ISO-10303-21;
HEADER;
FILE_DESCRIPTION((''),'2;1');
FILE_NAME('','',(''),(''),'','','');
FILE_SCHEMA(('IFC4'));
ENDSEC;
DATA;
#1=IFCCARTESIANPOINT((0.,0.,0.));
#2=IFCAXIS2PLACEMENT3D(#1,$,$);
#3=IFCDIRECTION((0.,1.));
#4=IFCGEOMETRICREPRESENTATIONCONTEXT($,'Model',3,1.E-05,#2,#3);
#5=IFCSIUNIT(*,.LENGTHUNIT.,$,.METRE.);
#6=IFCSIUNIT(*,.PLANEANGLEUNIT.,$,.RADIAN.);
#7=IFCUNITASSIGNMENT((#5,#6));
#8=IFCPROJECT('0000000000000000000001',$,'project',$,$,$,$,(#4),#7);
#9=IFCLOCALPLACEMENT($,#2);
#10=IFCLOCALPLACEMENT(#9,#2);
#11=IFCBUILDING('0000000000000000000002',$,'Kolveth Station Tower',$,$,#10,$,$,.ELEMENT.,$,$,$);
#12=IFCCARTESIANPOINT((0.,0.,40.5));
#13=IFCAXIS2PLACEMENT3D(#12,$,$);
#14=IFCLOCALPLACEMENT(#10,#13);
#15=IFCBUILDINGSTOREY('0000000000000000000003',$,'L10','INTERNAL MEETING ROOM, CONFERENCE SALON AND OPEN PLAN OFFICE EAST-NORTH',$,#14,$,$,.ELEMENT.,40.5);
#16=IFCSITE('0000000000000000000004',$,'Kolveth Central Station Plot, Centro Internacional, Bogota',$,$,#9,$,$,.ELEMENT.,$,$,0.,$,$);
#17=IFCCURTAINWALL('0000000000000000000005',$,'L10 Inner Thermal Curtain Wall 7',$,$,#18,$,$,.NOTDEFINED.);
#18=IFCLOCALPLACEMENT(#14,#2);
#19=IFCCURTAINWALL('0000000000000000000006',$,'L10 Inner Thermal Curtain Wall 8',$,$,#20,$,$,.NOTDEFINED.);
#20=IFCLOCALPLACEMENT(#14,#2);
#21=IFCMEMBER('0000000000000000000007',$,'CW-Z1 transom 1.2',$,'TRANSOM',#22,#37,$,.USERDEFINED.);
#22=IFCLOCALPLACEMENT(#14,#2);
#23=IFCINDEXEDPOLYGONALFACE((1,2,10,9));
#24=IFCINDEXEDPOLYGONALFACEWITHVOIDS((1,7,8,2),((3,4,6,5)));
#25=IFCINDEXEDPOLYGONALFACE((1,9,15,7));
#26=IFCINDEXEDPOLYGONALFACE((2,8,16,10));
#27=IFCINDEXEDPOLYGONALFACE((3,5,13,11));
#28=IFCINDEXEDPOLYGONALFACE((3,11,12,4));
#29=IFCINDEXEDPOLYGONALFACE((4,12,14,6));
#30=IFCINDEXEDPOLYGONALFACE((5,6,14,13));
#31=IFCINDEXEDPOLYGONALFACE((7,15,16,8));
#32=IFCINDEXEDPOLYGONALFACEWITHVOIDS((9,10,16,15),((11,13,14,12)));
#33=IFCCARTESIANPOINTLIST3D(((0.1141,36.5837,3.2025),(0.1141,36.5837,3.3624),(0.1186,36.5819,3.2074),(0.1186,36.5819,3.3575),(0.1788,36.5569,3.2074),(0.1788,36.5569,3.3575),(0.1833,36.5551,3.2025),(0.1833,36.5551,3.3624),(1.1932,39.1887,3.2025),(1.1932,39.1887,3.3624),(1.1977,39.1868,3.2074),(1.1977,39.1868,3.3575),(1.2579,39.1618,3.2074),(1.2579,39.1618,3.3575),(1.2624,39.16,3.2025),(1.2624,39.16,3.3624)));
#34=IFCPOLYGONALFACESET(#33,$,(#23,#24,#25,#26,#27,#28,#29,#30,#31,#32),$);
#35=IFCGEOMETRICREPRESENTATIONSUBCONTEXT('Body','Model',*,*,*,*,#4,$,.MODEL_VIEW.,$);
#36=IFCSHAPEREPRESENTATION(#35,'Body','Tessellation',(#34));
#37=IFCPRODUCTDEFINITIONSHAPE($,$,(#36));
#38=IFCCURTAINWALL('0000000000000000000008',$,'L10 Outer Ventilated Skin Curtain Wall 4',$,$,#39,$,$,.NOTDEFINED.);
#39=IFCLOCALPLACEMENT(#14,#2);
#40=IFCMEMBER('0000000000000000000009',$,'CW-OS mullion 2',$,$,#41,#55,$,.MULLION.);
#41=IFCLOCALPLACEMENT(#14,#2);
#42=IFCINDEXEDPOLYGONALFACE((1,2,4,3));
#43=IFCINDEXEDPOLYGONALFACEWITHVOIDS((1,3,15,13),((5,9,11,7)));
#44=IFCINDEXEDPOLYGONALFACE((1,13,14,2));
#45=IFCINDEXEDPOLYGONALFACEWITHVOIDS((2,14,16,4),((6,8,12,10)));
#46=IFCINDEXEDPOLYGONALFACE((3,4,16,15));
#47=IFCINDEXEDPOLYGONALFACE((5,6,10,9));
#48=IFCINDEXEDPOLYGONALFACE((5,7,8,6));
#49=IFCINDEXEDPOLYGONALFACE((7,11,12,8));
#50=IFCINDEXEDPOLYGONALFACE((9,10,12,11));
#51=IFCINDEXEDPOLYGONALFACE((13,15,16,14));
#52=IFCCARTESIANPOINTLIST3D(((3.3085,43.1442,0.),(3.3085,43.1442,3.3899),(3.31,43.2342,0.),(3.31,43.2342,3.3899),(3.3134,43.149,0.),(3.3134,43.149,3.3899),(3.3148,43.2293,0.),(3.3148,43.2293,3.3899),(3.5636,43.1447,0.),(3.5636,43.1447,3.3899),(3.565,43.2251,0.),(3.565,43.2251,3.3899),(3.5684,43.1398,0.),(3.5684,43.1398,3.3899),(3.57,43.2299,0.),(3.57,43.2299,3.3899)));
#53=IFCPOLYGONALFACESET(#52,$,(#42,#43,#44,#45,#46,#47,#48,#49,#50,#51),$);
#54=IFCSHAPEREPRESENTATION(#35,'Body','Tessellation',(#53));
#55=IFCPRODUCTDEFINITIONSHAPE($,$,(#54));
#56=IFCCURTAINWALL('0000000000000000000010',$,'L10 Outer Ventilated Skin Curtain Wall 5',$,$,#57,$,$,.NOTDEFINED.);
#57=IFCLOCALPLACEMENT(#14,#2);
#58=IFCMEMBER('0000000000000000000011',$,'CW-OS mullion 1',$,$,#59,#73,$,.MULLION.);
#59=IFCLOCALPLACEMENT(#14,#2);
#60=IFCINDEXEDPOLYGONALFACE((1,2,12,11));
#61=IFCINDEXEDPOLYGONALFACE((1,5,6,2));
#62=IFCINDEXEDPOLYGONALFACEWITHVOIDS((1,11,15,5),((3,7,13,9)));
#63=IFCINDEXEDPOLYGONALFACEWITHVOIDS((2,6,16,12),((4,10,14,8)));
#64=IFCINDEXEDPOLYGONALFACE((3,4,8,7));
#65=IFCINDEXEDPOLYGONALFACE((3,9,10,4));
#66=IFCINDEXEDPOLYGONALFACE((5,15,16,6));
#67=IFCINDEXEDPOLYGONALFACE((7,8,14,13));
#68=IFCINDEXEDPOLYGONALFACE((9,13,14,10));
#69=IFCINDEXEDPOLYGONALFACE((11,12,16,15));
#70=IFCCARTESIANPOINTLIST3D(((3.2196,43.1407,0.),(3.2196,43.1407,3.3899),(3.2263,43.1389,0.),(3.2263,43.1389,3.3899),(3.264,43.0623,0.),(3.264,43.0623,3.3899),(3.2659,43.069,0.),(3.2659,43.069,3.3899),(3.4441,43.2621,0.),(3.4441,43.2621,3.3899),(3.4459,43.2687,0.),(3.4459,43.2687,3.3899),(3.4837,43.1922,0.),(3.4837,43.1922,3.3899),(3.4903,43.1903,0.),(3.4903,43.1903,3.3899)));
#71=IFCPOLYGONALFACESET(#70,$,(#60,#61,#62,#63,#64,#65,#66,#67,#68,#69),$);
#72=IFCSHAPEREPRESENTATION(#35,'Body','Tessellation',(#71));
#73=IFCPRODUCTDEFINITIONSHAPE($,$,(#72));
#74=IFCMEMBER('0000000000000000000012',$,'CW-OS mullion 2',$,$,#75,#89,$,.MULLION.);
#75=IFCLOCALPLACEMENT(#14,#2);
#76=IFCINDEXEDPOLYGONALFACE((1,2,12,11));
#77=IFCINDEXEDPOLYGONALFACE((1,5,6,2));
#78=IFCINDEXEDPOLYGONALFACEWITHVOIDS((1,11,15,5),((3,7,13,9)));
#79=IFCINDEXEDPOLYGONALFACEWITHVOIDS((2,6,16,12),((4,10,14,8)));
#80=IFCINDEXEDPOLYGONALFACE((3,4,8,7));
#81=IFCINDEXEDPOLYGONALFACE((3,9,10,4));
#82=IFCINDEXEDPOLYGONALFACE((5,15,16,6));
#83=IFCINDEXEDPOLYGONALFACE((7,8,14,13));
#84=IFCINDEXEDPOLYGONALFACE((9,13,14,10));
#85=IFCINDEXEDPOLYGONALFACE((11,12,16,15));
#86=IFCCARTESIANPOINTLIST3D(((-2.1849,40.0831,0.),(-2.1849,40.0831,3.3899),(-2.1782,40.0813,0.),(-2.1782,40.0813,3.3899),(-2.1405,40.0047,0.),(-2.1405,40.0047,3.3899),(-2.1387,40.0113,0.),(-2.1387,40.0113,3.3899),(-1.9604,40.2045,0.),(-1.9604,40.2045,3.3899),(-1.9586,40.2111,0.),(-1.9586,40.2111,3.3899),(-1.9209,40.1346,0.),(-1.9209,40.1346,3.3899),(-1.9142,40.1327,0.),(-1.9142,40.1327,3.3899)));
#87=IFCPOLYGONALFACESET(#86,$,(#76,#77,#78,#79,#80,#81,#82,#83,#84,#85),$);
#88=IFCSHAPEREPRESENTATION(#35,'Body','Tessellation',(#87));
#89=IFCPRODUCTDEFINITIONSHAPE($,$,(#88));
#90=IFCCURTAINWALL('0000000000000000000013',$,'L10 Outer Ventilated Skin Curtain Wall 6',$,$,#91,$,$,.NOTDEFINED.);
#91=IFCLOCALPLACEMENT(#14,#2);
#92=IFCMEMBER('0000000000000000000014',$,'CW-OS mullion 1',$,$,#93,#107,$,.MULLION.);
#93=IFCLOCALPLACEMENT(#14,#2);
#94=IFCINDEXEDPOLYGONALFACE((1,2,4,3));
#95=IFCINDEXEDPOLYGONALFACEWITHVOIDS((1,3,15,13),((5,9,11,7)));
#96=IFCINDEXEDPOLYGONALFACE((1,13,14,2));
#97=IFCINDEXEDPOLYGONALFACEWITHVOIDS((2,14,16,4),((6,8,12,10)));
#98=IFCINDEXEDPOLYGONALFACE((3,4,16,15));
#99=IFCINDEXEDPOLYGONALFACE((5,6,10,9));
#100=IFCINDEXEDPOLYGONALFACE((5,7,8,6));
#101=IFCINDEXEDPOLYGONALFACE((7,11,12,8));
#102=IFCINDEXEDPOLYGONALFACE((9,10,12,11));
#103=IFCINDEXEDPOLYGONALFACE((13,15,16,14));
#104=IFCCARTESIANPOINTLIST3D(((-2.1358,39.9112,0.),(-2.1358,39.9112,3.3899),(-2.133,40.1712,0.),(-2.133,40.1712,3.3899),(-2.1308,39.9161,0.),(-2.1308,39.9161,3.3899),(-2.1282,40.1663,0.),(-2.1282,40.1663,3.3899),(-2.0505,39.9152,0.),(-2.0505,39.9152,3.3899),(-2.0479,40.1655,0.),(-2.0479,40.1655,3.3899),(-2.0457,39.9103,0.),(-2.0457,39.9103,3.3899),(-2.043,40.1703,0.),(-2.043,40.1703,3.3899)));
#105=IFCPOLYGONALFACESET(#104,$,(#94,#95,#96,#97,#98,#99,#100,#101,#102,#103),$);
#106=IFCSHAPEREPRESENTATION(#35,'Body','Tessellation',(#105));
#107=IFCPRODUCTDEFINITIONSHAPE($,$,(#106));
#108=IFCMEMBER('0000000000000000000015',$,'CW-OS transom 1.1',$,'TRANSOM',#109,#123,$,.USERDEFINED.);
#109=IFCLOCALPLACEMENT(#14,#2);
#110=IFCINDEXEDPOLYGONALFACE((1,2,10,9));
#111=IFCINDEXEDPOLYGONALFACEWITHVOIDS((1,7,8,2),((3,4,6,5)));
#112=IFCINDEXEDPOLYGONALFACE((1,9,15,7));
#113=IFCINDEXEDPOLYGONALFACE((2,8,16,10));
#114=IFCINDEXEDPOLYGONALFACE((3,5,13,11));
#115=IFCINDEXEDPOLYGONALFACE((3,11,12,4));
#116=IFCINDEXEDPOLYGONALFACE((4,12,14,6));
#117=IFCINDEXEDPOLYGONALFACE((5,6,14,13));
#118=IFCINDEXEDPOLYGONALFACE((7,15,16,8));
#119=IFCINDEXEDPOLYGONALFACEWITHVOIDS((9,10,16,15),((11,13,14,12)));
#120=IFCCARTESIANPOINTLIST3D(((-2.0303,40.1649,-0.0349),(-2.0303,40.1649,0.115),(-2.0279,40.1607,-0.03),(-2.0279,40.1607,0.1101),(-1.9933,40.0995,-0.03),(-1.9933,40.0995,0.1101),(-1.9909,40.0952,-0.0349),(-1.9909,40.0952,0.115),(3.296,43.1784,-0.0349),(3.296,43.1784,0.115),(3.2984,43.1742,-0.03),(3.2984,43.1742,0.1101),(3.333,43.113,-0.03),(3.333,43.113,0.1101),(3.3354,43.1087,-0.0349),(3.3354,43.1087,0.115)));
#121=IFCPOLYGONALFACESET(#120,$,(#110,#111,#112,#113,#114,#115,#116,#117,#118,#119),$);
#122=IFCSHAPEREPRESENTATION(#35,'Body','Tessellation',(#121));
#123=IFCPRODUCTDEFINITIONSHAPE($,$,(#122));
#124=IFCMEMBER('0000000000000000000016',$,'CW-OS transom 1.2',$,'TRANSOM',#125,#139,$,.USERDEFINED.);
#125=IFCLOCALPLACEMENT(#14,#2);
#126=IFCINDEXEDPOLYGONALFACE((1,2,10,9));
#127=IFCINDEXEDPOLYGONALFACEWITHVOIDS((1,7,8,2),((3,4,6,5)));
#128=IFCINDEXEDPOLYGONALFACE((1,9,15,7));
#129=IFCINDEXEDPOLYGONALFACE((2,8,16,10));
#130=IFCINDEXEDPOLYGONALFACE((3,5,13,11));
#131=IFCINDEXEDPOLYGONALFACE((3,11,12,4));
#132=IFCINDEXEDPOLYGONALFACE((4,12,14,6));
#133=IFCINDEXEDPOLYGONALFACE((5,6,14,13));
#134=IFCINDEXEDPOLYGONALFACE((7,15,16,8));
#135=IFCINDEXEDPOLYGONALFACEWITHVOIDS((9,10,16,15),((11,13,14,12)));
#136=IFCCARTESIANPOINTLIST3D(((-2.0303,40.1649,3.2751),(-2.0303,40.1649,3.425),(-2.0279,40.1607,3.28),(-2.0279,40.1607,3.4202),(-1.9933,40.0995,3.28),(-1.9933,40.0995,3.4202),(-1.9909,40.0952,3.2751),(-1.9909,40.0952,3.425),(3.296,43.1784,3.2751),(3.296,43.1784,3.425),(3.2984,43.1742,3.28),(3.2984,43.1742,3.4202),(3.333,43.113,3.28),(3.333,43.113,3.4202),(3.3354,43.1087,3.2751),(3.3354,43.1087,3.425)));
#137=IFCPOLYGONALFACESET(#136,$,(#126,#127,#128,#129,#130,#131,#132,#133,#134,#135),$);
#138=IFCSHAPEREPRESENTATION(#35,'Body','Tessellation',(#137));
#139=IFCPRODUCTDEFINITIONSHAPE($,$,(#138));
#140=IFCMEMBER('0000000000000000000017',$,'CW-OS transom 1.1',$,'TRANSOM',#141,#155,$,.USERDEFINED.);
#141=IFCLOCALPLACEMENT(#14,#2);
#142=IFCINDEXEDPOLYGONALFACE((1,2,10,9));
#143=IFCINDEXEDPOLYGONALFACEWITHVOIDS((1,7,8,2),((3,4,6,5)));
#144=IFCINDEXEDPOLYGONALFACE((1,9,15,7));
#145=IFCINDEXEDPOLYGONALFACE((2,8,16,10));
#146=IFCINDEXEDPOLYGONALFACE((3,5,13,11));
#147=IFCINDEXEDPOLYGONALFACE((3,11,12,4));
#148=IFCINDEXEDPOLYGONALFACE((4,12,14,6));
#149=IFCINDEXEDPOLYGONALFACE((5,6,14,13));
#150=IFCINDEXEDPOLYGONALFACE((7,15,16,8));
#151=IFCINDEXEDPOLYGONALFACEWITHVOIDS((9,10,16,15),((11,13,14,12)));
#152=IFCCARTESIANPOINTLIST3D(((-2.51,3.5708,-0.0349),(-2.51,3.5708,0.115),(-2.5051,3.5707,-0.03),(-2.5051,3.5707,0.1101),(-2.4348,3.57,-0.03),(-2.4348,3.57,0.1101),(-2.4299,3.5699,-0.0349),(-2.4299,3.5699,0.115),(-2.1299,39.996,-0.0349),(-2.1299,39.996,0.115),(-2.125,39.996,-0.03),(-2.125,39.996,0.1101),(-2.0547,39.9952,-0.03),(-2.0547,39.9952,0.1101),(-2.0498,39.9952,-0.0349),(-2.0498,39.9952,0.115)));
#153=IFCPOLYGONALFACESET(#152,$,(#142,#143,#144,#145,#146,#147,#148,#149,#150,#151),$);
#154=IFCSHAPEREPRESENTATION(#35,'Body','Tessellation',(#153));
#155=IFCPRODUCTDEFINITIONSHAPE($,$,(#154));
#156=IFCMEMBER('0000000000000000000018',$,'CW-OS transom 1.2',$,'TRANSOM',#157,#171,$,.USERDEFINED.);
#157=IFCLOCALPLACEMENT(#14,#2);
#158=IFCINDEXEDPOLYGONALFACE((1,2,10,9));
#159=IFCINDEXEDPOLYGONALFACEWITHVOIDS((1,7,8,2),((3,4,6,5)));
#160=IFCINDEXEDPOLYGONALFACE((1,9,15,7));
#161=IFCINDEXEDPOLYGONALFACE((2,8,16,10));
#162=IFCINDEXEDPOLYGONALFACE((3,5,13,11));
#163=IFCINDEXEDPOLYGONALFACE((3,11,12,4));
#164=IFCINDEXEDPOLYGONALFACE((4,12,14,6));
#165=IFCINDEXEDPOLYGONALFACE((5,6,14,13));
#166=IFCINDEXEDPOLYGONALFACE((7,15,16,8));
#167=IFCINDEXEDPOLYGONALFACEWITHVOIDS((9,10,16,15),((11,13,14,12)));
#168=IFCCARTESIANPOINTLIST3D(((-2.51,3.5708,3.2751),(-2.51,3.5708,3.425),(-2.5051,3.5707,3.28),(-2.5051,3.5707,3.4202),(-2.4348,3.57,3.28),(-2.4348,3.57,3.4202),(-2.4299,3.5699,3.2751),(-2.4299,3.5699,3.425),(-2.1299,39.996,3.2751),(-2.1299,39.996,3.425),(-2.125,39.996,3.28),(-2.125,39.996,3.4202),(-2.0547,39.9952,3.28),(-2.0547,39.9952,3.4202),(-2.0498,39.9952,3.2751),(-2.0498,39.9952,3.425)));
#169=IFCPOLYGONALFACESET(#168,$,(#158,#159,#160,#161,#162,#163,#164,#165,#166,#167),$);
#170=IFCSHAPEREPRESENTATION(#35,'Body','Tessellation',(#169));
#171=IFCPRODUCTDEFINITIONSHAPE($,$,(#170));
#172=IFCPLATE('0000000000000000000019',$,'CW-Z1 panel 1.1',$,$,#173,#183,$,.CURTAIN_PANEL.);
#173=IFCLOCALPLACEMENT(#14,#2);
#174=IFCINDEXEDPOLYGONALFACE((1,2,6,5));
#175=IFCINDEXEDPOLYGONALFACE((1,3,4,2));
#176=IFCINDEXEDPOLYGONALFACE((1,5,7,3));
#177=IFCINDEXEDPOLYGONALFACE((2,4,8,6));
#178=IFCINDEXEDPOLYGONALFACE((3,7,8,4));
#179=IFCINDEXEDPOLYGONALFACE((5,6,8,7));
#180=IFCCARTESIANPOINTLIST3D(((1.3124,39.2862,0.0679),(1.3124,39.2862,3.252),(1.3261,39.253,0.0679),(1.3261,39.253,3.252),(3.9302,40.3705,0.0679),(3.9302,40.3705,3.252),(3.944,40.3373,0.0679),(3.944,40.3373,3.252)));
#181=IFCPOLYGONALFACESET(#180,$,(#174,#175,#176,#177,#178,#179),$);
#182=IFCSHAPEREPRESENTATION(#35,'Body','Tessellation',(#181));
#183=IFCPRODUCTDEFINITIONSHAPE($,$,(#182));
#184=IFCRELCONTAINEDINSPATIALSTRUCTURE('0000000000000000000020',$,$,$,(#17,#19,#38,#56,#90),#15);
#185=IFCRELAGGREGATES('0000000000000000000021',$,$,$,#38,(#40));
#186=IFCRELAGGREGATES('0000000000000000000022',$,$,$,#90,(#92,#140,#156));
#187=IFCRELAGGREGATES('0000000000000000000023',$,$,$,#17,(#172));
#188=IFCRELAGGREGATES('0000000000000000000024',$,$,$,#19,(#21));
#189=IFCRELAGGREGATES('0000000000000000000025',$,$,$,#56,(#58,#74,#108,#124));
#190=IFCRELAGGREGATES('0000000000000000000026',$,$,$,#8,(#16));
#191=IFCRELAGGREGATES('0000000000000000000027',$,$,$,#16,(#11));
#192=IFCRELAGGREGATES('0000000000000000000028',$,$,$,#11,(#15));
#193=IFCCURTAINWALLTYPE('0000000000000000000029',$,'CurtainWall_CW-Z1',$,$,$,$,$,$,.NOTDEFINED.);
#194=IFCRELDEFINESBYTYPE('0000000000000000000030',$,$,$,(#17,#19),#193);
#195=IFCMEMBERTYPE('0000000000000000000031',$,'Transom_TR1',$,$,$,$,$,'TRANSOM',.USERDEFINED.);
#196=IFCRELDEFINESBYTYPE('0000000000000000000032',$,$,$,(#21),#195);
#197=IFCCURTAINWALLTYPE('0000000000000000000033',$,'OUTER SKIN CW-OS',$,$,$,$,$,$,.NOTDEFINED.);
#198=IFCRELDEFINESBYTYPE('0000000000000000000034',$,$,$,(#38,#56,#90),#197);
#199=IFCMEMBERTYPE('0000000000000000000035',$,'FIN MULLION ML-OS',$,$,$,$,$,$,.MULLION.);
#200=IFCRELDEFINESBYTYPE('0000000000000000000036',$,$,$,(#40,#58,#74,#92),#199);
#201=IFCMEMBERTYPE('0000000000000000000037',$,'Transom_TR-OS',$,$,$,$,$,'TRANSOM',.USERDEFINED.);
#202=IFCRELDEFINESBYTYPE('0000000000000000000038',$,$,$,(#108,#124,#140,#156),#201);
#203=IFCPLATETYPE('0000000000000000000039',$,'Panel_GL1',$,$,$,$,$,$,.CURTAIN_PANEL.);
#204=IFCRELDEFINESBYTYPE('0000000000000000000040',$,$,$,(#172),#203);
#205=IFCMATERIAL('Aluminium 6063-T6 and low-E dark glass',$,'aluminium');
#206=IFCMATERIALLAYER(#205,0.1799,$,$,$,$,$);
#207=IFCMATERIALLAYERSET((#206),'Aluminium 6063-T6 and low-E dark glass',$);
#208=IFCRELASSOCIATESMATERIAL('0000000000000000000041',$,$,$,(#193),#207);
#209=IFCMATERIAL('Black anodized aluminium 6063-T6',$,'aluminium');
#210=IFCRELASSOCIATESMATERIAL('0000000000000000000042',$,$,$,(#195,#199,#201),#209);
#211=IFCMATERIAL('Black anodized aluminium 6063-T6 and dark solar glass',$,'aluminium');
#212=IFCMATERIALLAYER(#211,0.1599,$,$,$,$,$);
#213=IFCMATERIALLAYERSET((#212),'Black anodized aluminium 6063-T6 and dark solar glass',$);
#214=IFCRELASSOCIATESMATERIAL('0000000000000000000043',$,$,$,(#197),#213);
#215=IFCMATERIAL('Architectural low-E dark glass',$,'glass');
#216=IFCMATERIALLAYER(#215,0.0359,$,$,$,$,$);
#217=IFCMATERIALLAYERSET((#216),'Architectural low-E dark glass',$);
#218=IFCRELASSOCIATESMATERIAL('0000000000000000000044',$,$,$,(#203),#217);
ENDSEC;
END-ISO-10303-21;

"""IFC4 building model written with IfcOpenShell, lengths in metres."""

from ifc_helpers import new_model, si_unit, direction, frame, origin, origin_2d, place, context, subcontext, project, spatial, rectangle, hollow_rectangle, extrude, source, transform, mapped, material, layer, layer_set, material_profile, profile_set, type_object, element, aggregate, save


model = new_model("IFC4")

# Units and contexts
model_context = context("Model", 3, precision=1e-05, world=origin(), true_north=direction((0.0, 1.0)))
body_context = subcontext(model_context, "Body", "Model", "MODEL_VIEW")
ifc_project = project(units=[si_unit("LENGTHUNIT", "METRE"), si_unit("PLANEANGLEUNIT", "RADIAN")], contexts=[model_context])

# Site, building, storey
site_placement = place(None, origin())
site = spatial("IfcSite", under=ifc_project, at=site_placement, Name="Kolveth Central Station Plot, Centro Internacional, Bogota", CompositionType="ELEMENT", RefElevation=0.0)
building_placement = place(site_placement, origin())
building = spatial("IfcBuilding", under=site, at=building_placement, Name="Kolveth Station Tower", CompositionType="ELEMENT")
storey_placement = place(building_placement, frame((0.0, 0.0, 40.5)))
storey = spatial("IfcBuildingStorey", under=building, at=storey_placement, Name="L10", Description="INTERNAL MEETING ROOM, CONFERENCE SALON AND OPEN PLAN OFFICE EAST-NORTH", CompositionType="ELEMENT", Elevation=40.5)

# Shared definitions
ifc_material_1 = material(Name="Aluminium 6063-T6 and low-E dark glass", Category="aluminium")
ifc_layer_1 = layer(ifc_material_1, 0.1799)
ifc_layer_set_1 = layer_set([ifc_layer_1], Name="Aluminium 6063-T6 and low-E dark glass")
curtain_wall_type_1 = type_object("IfcCurtainWallType", Name="CurtainWall_CW-Z1", PredefinedType="NOTDEFINED", material=ifc_layer_set_1)
ifc_material_2 = material(Name="Black anodized aluminium 6063-T6", Category="aluminium")

# Curtain walls
curtain_wall_1_placement = place(storey_placement, origin())
curtain_wall_1 = element("IfcCurtainWall", 1, at=curtain_wall_1_placement, inside=storey, type_object=curtain_wall_type_1, Name="L10 Inner Thermal Curtain Wall 7", PredefinedType="NOTDEFINED")
curtain_wall_2_placement = place(storey_placement, origin())
curtain_wall_2 = element("IfcCurtainWall", 2, at=curtain_wall_2_placement, inside=storey, type_object=curtain_wall_type_1, Name="L10 Inner Thermal Curtain Wall 8", PredefinedType="NOTDEFINED")

# Member
ifc_material_profile_1 = material_profile(ifc_material_2, hollow_rectangle(XDim=0.075, YDim=0.1599, WallThickness=0.0049, at=origin_2d()), Name="ALU-75x160x5")
ifc_profile_set_1 = profile_set([ifc_material_profile_1], Name="Black anodized aluminium 6063-T6")
member_type_1 = type_object("IfcMemberType", Name="Transom_TR1", ElementType="TRANSOM", PredefinedType="USERDEFINED", material=ifc_profile_set_1)
shared_shape_1 = source(origin(), body_context, "Body", "SweptSolid", [
    extrude(hollow_rectangle(XDim=0.075, YDim=0.1599, WallThickness=0.0049, at=origin_2d()), origin(), (0.0, 0.0, 1.0), 2.8196),
])
member_1_placement = place(storey_placement, frame((1.2278, 39.1743, 3.2825), z_axis=(-0.382709, -0.923869, 0.0), x_axis=(0.923869, -0.382709, 0.0)))
member_1 = element("IfcMember", 3, at=member_1_placement, type_object=member_type_1, Name="CW-Z1 transom 1.2", ObjectType="TRANSOM", PredefinedType="USERDEFINED", context=body_context, shape_type="MappedRepresentation", body=[
    mapped(shared_shape_1, transform((0.0, 0.0, 0.0), x_axis=(1.0, 0.0, 0.0), y_axis=(0.0, 1.0, 0.0), z_axis=(0.0, 0.0, 1.0), scale=1.0)),
])

# Curtain wall, member
ifc_material_3 = material(Name="Black anodized aluminium 6063-T6 and dark solar glass", Category="aluminium")
ifc_layer_2 = layer(ifc_material_3, 0.1599)
ifc_layer_set_2 = layer_set([ifc_layer_2], Name="Black anodized aluminium 6063-T6 and dark solar glass")
curtain_wall_type_2 = type_object("IfcCurtainWallType", Name="OUTER SKIN CW-OS", PredefinedType="NOTDEFINED", material=ifc_layer_set_2)
curtain_wall_3_placement = place(storey_placement, origin())
curtain_wall_3 = element("IfcCurtainWall", 4, at=curtain_wall_3_placement, inside=storey, type_object=curtain_wall_type_2, Name="L10 Outer Ventilated Skin Curtain Wall 4", PredefinedType="NOTDEFINED")
ifc_material_profile_2 = material_profile(ifc_material_2, hollow_rectangle(XDim=0.0901, YDim=0.26, WallThickness=0.0049, at=origin_2d()), Name="ALU-90x260x5")
ifc_profile_set_2 = profile_set([ifc_material_profile_2], Name="Black anodized aluminium 6063-T6")
member_type_2 = type_object("IfcMemberType", Name="FIN MULLION ML-OS", PredefinedType="MULLION", material=ifc_profile_set_2)
shared_shape_2 = source(origin(), body_context, "Body", "SweptSolid", [
    extrude(hollow_rectangle(XDim=0.0901, YDim=0.26, WallThickness=0.0049, at=origin_2d()), origin(), (0.0, 0.0, 1.0), 3.3899),
])
member_2_placement = place(storey_placement, frame((3.4392, 43.187, 0.0), z_axis=(0.0, 0.0, 1.0), x_axis=(-0.01686, -0.999858, 0.0)))
member_2 = element("IfcMember", 5, at=member_2_placement, type_object=member_type_2, Name="CW-OS mullion 2", PredefinedType="MULLION", context=body_context, shape_type="MappedRepresentation", body=[
    mapped(shared_shape_2, transform((0.0, 0.0, 0.0), x_axis=(1.0, 0.0, 0.0), y_axis=(0.0, 1.0, 0.0), z_axis=(0.0, 0.0, 1.0), scale=1.0)),
])
aggregate(curtain_wall_3, [member_2])

# Curtain wall, members
curtain_wall_4_placement = place(storey_placement, origin())
curtain_wall_4 = element("IfcCurtainWall", 6, at=curtain_wall_4_placement, inside=storey, type_object=curtain_wall_type_2, Name="L10 Outer Ventilated Skin Curtain Wall 5", PredefinedType="NOTDEFINED")
member_3_placement = place(storey_placement, frame((3.355, 43.1655, 0.0), z_axis=(0.0, 0.0, 1.0), x_axis=(0.492426, -0.870354, 0.0)))
member_3 = element("IfcMember", 7, at=member_3_placement, type_object=member_type_2, Name="CW-OS mullion 1", PredefinedType="MULLION", context=body_context, shape_type="MappedRepresentation", body=[
    mapped(shared_shape_2, transform((0.0, 0.0, 0.0), x_axis=(1.0, 0.0, 0.0), y_axis=(0.0, 1.0, 0.0), z_axis=(0.0, 0.0, 1.0), scale=1.0)),
])
member_4_placement = place(storey_placement, frame((-2.0496, 40.1079, 0.0), z_axis=(0.0, 0.0, 1.0), x_axis=(0.492426, -0.870354, 0.0)))
member_4 = element("IfcMember", 8, at=member_4_placement, type_object=member_type_2, Name="CW-OS mullion 2", PredefinedType="MULLION", context=body_context, shape_type="MappedRepresentation", body=[
    mapped(shared_shape_2, transform((0.0, 0.0, 0.0), x_axis=(1.0, 0.0, 0.0), y_axis=(0.0, 1.0, 0.0), z_axis=(0.0, 0.0, 1.0), scale=1.0)),
])

# Curtain wall, member
curtain_wall_5_placement = place(storey_placement, origin())
curtain_wall_5 = element("IfcCurtainWall", 9, at=curtain_wall_5_placement, inside=storey, type_object=curtain_wall_type_2, Name="L10 Outer Ventilated Skin Curtain Wall 6", PredefinedType="NOTDEFINED")
member_5_placement = place(storey_placement, frame((-2.0894, 40.0408, 0.0), z_axis=(0.0, 0.0, 1.0), x_axis=(0.999946, -0.010438, 0.0)))
member_5 = element("IfcMember", 10, at=member_5_placement, type_object=member_type_2, Name="CW-OS mullion 1", PredefinedType="MULLION", context=body_context, shape_type="MappedRepresentation", body=[
    mapped(shared_shape_2, transform((0.0, 0.0, 0.0), x_axis=(1.0, 0.0, 0.0), y_axis=(0.0, 1.0, 0.0), z_axis=(0.0, 0.0, 1.0), scale=1.0)),
])

# Members
ifc_material_profile_3 = material_profile(ifc_material_2, hollow_rectangle(XDim=0.0801, YDim=0.1499, WallThickness=0.0049, at=origin_2d()), Name="ALU-80x150x5")
ifc_profile_set_3 = profile_set([ifc_material_profile_3], Name="Black anodized aluminium 6063-T6")
member_type_3 = type_object("IfcMemberType", Name="Transom_TR-OS", ElementType="TRANSOM", PredefinedType="USERDEFINED", material=ifc_profile_set_3)
shared_shape_3 = source(origin(), body_context, "Body", "SweptSolid", [
    extrude(hollow_rectangle(XDim=0.0801, YDim=0.1499, WallThickness=0.0049, at=origin_2d()), origin(), (0.0, 0.0, 1.0), 6.1196),
])
member_6_placement = place(storey_placement, frame((3.3157, 43.1436, 0.04), z_axis=(-0.870354, -0.492427, 0.0), x_axis=(0.492427, -0.870354, 0.0)))
member_6 = element("IfcMember", 11, at=member_6_placement, type_object=member_type_3, Name="CW-OS transom 1.1", ObjectType="TRANSOM", PredefinedType="USERDEFINED", context=body_context, shape_type="MappedRepresentation", body=[
    mapped(shared_shape_3, transform((0.0, 0.0, 0.0), x_axis=(1.0, 0.0, 0.0), y_axis=(0.0, 1.0, 0.0), z_axis=(0.0, 0.0, 1.0), scale=1.0)),
])
member_7_placement = place(storey_placement, frame((3.3157, 43.1436, 3.3501), z_axis=(-0.870354, -0.492427, 0.0), x_axis=(0.492427, -0.870354, 0.0)))
member_7 = element("IfcMember", 12, at=member_7_placement, type_object=member_type_3, Name="CW-OS transom 1.2", ObjectType="TRANSOM", PredefinedType="USERDEFINED", context=body_context, shape_type="MappedRepresentation", body=[
    mapped(shared_shape_3, transform((0.0, 0.0, 0.0), x_axis=(1.0, 0.0, 0.0), y_axis=(0.0, 1.0, 0.0), z_axis=(0.0, 0.0, 1.0), scale=1.0)),
])
shared_shape_4 = source(origin(), body_context, "Body", "SweptSolid", [
    extrude(hollow_rectangle(XDim=0.0801, YDim=0.1499, WallThickness=0.0049, at=origin_2d()), origin(), (0.0, 0.0, 1.0), 36.4272),
])
member_8_placement = place(storey_placement, frame((-2.0898, 39.9956, 0.04), z_axis=(-0.010435, -0.999946, 0.0), x_axis=(0.999946, -0.010435, 0.0)))
member_8 = element("IfcMember", 13, at=member_8_placement, type_object=member_type_3, Name="CW-OS transom 1.1", ObjectType="TRANSOM", PredefinedType="USERDEFINED", context=body_context, shape_type="MappedRepresentation", body=[
    mapped(shared_shape_4, transform((0.0, 0.0, 0.0), x_axis=(1.0, 0.0, 0.0), y_axis=(0.0, 1.0, 0.0), z_axis=(0.0, 0.0, 1.0), scale=1.0)),
])
member_9_placement = place(storey_placement, frame((-2.0898, 39.9956, 3.3501), z_axis=(-0.010435, -0.999946, 0.0), x_axis=(0.999946, -0.010435, 0.0)))
member_9 = element("IfcMember", 14, at=member_9_placement, type_object=member_type_3, Name="CW-OS transom 1.2", ObjectType="TRANSOM", PredefinedType="USERDEFINED", context=body_context, shape_type="MappedRepresentation", body=[
    mapped(shared_shape_4, transform((0.0, 0.0, 0.0), x_axis=(1.0, 0.0, 0.0), y_axis=(0.0, 1.0, 0.0), z_axis=(0.0, 0.0, 1.0), scale=1.0)),
])
aggregate(curtain_wall_5, [member_5, member_8, member_9])

# Plate
ifc_material_4 = material(Name="Architectural low-E dark glass", Category="glass")
ifc_layer_3 = layer(ifc_material_4, 0.0359)
ifc_layer_set_3 = layer_set([ifc_layer_3], Name="Architectural low-E dark glass")
plate_type_1 = type_object("IfcPlateType", Name="Panel_GL1", PredefinedType="CURTAIN_PANEL", material=ifc_layer_set_3)
shared_shape_5 = source(origin(), body_context, "Body", "SweptSolid", [
    extrude(rectangle(XDim=2.8335, YDim=0.0359, at=origin_2d()), origin(), (0.0, 0.0, 1.0), 3.1841),
])
plate_1_placement = place(storey_placement, frame((2.6282, 39.8118, 0.0679), z_axis=(0.0, 0.0, 1.0), x_axis=(-0.923884, -0.382673, 0.0)))
plate_1 = element("IfcPlate", 15, at=plate_1_placement, type_object=plate_type_1, Name="CW-Z1 panel 1.1", PredefinedType="CURTAIN_PANEL", context=body_context, shape_type="MappedRepresentation", body=[
    mapped(shared_shape_5, transform((0.0, 0.0, 0.0), x_axis=(1.0, 0.0, 0.0), y_axis=(0.0, 1.0, 0.0), z_axis=(0.0, 0.0, 1.0), scale=1.0)),
])
aggregate(curtain_wall_1, [plate_1])
aggregate(curtain_wall_2, [member_1])
aggregate(curtain_wall_4, [member_3, member_4, member_6, member_7])

save(model, "model.ifc")
